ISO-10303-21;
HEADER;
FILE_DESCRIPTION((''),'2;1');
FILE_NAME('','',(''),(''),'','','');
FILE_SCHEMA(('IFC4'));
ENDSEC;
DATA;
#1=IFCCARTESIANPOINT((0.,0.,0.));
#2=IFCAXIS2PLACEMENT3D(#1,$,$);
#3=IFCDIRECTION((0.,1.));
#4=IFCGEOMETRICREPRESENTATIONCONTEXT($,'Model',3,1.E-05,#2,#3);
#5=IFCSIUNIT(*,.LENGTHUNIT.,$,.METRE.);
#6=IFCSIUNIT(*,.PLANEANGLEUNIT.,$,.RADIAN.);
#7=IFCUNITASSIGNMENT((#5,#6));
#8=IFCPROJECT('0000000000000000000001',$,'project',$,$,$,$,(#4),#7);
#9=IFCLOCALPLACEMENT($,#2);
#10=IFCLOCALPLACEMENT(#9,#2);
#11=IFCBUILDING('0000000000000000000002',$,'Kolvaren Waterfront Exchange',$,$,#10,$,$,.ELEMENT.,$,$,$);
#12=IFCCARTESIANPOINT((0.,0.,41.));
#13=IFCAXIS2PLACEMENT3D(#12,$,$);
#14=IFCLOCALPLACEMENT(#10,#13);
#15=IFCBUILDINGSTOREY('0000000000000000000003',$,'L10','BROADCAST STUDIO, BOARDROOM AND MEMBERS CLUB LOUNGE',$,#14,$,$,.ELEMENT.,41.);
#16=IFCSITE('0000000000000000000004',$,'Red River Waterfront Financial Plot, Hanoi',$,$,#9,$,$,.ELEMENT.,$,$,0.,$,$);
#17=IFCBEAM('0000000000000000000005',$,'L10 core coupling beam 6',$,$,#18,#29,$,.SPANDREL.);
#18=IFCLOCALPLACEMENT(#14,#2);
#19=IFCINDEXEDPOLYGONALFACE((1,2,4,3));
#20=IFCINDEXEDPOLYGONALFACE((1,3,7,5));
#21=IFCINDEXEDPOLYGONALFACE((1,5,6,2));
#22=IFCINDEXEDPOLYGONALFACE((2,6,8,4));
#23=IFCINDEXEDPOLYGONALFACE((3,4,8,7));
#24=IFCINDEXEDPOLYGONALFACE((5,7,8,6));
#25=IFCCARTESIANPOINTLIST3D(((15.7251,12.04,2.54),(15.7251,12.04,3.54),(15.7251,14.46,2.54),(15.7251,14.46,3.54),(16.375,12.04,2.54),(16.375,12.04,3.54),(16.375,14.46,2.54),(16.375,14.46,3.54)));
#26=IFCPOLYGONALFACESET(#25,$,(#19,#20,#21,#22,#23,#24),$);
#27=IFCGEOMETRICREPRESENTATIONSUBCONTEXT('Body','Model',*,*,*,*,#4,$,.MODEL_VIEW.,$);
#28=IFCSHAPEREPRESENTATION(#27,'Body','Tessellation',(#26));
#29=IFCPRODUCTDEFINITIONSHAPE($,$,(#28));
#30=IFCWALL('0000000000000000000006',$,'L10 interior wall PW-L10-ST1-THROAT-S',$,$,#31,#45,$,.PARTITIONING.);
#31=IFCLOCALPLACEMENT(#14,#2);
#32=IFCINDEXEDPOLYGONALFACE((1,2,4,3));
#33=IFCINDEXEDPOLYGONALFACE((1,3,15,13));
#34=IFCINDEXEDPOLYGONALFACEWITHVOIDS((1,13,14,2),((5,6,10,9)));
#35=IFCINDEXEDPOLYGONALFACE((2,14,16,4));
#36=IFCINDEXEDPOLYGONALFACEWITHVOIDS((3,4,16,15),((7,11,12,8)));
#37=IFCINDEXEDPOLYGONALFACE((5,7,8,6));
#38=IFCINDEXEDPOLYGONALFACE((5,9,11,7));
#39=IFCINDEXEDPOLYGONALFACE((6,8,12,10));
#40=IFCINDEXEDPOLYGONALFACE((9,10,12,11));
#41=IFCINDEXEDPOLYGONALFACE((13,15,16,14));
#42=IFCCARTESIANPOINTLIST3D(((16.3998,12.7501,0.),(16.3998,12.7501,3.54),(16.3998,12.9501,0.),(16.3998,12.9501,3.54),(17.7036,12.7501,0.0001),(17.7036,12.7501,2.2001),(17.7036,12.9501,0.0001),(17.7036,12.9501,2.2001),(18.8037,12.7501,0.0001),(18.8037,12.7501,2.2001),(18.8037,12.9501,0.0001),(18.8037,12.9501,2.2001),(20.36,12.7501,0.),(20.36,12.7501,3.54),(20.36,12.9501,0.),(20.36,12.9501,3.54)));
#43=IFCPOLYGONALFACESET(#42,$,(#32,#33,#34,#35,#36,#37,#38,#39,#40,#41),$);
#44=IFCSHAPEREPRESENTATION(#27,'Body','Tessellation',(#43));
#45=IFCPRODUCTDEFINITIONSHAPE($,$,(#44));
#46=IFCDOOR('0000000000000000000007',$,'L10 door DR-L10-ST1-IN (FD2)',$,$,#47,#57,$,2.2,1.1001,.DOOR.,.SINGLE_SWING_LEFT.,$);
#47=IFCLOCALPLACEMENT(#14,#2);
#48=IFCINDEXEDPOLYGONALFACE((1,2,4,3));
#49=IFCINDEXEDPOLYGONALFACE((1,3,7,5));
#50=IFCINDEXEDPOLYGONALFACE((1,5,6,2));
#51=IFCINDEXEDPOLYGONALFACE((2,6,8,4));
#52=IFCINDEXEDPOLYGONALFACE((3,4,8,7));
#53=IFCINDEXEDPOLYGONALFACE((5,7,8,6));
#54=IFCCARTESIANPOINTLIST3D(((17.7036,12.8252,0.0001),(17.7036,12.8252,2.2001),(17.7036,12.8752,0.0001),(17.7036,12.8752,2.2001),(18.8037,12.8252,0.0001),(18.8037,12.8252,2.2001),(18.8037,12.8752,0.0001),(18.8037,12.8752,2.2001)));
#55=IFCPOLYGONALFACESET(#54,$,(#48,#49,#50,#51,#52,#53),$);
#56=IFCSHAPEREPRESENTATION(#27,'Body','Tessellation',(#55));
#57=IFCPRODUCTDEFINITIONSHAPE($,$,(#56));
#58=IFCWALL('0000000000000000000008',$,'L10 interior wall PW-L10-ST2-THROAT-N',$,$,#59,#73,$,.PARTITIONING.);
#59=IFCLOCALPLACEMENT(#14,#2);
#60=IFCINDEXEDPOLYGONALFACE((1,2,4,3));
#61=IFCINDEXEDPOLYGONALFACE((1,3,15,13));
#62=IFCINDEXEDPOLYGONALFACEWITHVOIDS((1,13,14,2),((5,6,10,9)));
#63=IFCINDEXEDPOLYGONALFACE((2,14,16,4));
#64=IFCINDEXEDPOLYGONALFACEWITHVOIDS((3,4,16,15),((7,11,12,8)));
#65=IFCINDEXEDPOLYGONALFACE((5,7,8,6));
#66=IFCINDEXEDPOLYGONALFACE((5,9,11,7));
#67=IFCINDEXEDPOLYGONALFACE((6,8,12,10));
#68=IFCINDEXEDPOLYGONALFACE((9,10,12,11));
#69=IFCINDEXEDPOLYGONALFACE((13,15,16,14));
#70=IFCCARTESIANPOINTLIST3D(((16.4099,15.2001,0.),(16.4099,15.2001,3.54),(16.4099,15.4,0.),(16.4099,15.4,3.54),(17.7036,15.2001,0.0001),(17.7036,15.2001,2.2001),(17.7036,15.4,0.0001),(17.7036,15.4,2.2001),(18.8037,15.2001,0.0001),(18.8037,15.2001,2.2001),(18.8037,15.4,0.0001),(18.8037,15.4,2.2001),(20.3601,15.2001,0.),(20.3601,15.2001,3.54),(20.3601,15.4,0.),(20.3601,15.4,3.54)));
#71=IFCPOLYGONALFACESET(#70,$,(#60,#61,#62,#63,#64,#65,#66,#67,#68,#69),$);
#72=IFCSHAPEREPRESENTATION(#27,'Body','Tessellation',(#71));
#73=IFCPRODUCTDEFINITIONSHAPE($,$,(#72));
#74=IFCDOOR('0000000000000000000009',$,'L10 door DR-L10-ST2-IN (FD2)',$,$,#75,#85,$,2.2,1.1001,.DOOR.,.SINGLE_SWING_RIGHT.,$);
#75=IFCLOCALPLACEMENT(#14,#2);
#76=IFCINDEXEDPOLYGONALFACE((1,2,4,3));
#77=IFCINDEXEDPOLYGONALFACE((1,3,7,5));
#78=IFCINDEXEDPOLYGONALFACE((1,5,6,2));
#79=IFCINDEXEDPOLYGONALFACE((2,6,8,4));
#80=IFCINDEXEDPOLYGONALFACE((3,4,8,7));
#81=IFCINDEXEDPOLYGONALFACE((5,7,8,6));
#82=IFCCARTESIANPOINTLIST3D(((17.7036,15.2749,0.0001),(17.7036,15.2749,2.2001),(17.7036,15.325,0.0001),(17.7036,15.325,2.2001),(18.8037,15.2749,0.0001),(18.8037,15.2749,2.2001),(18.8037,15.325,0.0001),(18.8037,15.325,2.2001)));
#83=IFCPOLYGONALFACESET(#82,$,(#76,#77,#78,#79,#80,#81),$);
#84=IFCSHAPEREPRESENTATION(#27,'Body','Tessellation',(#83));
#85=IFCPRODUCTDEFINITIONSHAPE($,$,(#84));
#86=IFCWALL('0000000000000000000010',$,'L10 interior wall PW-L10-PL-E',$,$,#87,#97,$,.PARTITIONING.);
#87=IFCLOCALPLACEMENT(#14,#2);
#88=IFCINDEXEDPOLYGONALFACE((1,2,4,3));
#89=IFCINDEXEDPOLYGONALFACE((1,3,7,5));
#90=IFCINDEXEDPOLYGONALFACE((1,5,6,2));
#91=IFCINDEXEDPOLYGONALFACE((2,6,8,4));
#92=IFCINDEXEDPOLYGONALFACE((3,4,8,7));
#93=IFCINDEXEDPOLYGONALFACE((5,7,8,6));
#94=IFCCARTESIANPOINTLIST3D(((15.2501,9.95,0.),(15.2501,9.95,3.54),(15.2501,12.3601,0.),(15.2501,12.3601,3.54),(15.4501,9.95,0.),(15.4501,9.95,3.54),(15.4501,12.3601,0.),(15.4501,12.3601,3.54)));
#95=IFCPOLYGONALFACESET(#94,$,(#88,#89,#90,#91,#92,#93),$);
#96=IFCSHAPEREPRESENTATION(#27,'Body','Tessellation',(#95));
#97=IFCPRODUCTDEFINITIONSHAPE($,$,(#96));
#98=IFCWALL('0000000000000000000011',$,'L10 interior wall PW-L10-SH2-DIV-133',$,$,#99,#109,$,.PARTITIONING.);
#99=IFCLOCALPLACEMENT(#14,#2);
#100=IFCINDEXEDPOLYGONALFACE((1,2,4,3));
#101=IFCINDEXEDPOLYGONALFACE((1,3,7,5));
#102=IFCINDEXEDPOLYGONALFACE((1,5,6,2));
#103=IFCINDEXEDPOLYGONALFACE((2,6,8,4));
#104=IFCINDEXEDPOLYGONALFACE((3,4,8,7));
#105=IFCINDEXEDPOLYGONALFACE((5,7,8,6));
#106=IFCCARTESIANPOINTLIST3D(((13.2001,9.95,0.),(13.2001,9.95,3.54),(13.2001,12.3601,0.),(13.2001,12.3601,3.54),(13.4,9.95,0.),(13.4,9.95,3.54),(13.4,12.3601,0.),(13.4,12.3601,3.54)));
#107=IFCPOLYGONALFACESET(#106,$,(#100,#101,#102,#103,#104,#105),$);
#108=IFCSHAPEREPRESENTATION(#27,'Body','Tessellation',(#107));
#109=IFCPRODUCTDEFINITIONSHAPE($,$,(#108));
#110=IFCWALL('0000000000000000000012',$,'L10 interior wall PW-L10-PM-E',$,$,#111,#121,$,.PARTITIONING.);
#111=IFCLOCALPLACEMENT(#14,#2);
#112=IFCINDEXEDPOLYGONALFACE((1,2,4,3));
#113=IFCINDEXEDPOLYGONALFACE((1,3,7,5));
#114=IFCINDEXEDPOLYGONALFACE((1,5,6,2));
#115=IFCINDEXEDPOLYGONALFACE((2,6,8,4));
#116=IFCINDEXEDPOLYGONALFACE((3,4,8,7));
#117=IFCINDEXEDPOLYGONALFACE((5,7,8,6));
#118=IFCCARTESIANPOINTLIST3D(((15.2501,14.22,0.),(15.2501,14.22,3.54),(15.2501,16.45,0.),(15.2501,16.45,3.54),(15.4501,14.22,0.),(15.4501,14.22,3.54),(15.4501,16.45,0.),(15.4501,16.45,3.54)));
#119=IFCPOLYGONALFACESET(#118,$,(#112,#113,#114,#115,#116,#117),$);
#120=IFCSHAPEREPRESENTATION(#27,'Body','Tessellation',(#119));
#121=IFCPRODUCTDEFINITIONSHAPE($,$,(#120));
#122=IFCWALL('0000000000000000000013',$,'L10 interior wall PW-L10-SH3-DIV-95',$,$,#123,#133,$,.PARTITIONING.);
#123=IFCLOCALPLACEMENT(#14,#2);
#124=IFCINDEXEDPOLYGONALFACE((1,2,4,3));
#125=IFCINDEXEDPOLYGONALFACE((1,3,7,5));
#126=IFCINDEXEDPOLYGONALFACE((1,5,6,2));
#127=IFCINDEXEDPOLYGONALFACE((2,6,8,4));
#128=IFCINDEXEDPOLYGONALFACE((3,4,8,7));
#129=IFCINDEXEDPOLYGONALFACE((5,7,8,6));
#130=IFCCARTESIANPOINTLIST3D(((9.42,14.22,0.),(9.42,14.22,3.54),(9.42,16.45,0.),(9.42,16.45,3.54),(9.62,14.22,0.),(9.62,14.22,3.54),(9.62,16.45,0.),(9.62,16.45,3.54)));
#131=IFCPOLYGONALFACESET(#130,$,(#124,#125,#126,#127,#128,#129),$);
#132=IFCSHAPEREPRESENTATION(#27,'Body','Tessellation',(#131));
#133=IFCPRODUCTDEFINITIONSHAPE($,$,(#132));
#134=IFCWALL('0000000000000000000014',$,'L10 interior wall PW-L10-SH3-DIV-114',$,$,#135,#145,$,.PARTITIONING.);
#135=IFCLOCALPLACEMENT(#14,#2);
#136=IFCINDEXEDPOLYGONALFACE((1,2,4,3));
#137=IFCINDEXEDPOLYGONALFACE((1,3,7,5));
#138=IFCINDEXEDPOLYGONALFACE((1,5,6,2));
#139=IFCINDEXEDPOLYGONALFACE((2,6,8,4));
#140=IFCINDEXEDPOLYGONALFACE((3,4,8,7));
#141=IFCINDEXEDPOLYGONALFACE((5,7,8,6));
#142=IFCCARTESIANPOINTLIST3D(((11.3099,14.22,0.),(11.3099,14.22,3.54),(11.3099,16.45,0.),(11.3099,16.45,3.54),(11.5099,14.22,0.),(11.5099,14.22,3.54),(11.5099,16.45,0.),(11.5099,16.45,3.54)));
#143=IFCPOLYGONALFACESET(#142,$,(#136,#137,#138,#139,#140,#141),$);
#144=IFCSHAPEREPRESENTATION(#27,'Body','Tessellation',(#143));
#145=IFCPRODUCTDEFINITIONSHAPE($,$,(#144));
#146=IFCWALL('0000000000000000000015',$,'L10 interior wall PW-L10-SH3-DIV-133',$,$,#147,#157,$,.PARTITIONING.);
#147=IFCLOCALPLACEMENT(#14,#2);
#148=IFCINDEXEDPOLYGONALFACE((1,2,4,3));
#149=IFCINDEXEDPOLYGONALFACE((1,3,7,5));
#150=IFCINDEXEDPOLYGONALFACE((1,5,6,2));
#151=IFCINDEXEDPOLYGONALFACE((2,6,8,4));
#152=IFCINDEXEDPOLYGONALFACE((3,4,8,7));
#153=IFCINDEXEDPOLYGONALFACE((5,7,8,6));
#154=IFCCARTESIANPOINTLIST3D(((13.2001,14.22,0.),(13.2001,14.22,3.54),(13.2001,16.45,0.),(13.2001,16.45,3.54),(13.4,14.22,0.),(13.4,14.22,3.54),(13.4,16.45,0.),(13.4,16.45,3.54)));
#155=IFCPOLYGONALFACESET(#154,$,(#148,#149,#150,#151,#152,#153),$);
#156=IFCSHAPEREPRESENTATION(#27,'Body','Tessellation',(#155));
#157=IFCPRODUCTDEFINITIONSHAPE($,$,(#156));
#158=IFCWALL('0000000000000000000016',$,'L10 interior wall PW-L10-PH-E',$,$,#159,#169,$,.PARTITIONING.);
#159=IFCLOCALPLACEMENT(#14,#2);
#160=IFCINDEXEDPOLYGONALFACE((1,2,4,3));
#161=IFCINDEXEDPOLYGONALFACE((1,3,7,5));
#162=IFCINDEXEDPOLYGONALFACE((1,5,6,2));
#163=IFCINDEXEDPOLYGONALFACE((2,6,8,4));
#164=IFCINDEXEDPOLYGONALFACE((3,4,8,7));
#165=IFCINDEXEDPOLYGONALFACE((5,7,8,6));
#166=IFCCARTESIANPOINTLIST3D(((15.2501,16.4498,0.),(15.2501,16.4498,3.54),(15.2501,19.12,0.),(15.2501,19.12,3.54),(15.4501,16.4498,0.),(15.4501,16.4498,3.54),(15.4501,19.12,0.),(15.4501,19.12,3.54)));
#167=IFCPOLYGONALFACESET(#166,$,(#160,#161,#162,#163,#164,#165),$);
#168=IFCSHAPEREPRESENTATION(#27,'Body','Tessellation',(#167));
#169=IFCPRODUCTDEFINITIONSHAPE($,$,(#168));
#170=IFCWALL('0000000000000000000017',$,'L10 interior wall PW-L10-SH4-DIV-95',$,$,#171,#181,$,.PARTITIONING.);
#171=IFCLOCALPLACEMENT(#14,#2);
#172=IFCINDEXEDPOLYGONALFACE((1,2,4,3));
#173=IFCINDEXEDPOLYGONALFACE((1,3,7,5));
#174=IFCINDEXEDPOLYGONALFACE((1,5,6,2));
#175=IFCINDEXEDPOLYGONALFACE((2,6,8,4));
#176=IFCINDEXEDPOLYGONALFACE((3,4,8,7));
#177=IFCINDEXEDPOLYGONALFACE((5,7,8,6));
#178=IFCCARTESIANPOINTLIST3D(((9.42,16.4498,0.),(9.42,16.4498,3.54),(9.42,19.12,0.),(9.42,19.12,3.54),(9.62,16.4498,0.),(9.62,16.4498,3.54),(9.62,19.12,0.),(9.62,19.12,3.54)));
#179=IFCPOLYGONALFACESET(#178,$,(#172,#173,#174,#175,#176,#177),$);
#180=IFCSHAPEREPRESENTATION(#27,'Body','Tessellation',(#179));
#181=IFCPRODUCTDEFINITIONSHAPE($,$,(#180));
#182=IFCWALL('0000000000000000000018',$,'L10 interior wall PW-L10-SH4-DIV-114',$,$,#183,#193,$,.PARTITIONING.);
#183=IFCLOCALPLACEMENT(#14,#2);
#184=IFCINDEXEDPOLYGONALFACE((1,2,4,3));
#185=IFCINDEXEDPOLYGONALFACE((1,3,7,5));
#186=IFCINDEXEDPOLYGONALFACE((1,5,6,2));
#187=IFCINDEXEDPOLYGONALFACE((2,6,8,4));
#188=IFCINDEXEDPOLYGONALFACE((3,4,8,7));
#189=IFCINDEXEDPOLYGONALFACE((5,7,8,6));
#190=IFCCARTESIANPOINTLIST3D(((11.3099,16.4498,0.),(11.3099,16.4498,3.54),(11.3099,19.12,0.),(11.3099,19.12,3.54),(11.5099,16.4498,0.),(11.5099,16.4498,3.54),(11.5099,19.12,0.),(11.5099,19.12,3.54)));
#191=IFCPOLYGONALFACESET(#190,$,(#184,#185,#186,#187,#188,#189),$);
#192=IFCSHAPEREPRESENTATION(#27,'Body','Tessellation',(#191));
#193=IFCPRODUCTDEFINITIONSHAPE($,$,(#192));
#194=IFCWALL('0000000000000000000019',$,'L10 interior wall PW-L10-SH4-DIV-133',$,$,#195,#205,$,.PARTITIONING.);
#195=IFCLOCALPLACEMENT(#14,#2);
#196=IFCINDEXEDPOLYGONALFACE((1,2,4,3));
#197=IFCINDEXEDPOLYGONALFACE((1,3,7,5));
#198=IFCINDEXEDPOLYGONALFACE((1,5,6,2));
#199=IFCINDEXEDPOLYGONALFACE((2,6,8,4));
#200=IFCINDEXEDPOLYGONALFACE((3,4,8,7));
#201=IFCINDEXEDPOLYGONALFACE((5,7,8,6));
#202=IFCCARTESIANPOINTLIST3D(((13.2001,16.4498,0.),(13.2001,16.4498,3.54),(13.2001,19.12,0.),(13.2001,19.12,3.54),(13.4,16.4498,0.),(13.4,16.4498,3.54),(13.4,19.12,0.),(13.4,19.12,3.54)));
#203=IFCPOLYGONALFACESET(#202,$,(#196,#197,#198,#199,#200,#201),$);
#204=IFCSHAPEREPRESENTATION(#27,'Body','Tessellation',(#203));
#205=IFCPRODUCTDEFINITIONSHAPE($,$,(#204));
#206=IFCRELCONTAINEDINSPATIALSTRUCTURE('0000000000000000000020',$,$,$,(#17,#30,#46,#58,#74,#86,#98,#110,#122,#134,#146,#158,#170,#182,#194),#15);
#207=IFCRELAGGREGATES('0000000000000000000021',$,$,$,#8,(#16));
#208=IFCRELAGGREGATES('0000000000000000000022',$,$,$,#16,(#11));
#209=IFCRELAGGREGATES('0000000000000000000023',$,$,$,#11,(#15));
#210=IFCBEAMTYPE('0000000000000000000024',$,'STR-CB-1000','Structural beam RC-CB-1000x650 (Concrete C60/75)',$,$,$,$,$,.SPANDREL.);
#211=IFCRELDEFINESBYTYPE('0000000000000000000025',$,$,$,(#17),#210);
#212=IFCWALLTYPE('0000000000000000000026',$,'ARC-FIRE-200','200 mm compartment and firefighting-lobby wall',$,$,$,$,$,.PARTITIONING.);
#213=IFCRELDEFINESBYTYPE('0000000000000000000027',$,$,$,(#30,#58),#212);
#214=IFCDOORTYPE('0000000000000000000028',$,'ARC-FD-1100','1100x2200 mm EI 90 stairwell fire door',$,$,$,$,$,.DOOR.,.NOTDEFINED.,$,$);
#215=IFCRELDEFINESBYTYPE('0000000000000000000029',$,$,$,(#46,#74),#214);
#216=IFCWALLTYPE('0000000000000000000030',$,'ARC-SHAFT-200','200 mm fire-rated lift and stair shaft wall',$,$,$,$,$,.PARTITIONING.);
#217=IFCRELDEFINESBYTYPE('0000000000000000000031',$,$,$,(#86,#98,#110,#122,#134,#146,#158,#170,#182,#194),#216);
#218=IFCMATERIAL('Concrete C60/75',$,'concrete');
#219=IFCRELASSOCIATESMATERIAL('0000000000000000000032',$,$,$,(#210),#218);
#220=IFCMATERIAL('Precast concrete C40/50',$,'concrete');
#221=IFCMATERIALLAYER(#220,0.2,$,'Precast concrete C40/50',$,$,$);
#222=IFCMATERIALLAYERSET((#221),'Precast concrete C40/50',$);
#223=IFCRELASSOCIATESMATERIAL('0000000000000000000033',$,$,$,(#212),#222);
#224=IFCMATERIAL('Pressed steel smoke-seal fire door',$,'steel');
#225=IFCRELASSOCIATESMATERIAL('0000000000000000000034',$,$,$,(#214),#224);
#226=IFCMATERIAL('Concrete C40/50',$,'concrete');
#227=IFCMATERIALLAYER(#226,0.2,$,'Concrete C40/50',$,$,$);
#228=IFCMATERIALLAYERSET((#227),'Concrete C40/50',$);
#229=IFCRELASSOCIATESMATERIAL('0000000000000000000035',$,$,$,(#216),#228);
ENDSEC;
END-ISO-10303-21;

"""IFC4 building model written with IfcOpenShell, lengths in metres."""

from ifc_helpers import new_model, si_unit, direction, frame, frame_2d, origin, origin_2d, place, context, subcontext, project, spatial, rectangle, extrude, material, layer, layer_set, material_profile, profile_set, type_object, element, fill, save


model = new_model("IFC4")

# Units and contexts
model_context = context("Model", 3, precision=1e-05, world=origin(), true_north=direction((0.0, 1.0)))
body_context = subcontext(model_context, "Body", "Model", "MODEL_VIEW")
ifc_project = project(units=[si_unit("LENGTHUNIT", "METRE"), si_unit("PLANEANGLEUNIT", "RADIAN")], contexts=[model_context])

# Site, building, storey
site_placement = place(None, origin())
site = spatial("IfcSite", under=ifc_project, at=site_placement, Name="Red River Waterfront Financial Plot, Hanoi", CompositionType="ELEMENT", RefElevation=0.0)
building_placement = place(site_placement, origin())
building = spatial("IfcBuilding", under=site, at=building_placement, Name="Kolvaren Waterfront Exchange", CompositionType="ELEMENT")
storey_placement = place(building_placement, frame((0.0, 0.0, 41.0)))
storey = spatial("IfcBuildingStorey", under=building, at=storey_placement, Name="L10", Description="BROADCAST STUDIO, BOARDROOM AND MEMBERS CLUB LOUNGE", CompositionType="ELEMENT", Elevation=41.0)

# Beam
ifc_material_1 = material(Name="Concrete C60/75", Category="concrete")
ifc_material_profile = material_profile(ifc_material_1, rectangle(XDim=0.6499, YDim=1.0, at=origin_2d()), Name="RC-CB-1000x650")
ifc_profile_set = profile_set([ifc_material_profile], Name="Concrete C60/75")
beam_type = type_object("IfcBeamType", Name="STR-CB-1000", Description="Structural beam RC-CB-1000x650 (Concrete C60/75)", PredefinedType="SPANDREL", material=ifc_profile_set)
beam_placement = place(storey_placement, frame((16.05, 12.04, 3.04), z_axis=(0.0, 1.0, 0.0), x_axis=(-1.0, 0.0, 0.0)))
element("IfcBeam", 1, at=beam_placement, inside=storey, type_object=beam_type, Name="L10 core coupling beam 6", PredefinedType="SPANDREL", context=body_context, shape_type="SweptSolid", body=[
    extrude(rectangle(XDim=0.6499, YDim=1.0, at=origin_2d()), origin(), (0.0, 0.0, 1.0), 2.4199),
])

# Walls, openings, doors
ifc_material_2 = material(Name="Precast concrete C40/50", Category="concrete")
ifc_layer_1 = layer(ifc_material_2, 0.2, Name="Precast concrete C40/50")
ifc_layer_set_1 = layer_set([ifc_layer_1], Name="Precast concrete C40/50")
wall_type_1 = type_object("IfcWallType", Name="ARC-FIRE-200", Description="200 mm compartment and firefighting-lobby wall", PredefinedType="PARTITIONING", material=ifc_layer_set_1)
wall_1_placement = place(storey_placement, frame((16.3999, 12.8501, 0.0), z_axis=(0.0, 0.0, 1.0), x_axis=(1.0, 0.0, 0.0)))
wall_1 = element("IfcWall", 2, at=wall_1_placement, inside=storey, type_object=wall_type_1, Name="L10 interior wall PW-L10-ST1-THROAT-S", PredefinedType="PARTITIONING", context=body_context, shape_type="SweptSolid", body=[
    extrude(rectangle(XDim=3.9602, YDim=0.2, at=frame_2d((1.98, 0.0))), origin(), (0.0, 0.0, 1.0), 3.54),
])
opening_1_placement = place(wall_1_placement, frame((1.3037, 0.0, 0.0)))
opening_1 = element("IfcOpeningElement", 3, at=opening_1_placement, cuts=wall_1, PredefinedType="OPENING", context=body_context, shape_type="SweptSolid", body=[
    extrude(rectangle(XDim=1.1001, YDim=2.2, at=frame_2d((0.55, 1.1001))), frame((0.0, 0.1099, 0.0), z_axis=(0.0, -1.0, 0.0), x_axis=(1.0, 0.0, 0.0)), (0.0, 0.0, 1.0), 0.22),
])
ifc_material_3 = material(Name="Pressed steel smoke-seal fire door", Category="steel")
door_type = type_object("IfcDoorType", Name="ARC-FD-1100", Description="1100x2200 mm EI 90 stairwell fire door", OperationType="NOTDEFINED", PredefinedType="DOOR", material=ifc_material_3)
door_1_placement = place(opening_1_placement, frame((1.1001, 0.0, 0.0), z_axis=(0.0, 0.0, 1.0), x_axis=(-1.0, 0.0, 0.0)))
door_1 = element("IfcDoor", 4, at=door_1_placement, inside=storey, type_object=door_type, Name="L10 door DR-L10-ST1-IN (FD2)", OperationType="SINGLE_SWING_LEFT", OverallHeight=2.2, OverallWidth=1.1001, PredefinedType="DOOR", context=body_context, shape_type="SweptSolid", body=[
    extrude(rectangle(XDim=1.1001, YDim=2.2, at=frame_2d((0.55, 1.1001))), frame((0.0, 0.0249, 0.0), z_axis=(0.0, -1.0, 0.0), x_axis=(1.0, 0.0, 0.0)), (0.0, 0.0, 1.0), 0.05),
])
fill(opening_1, door_1)
wall_2_placement = place(storey_placement, frame((16.4099, 15.3, 0.0), z_axis=(0.0, 0.0, 1.0), x_axis=(1.0, 0.0, 0.0)))
wall_2 = element("IfcWall", 5, at=wall_2_placement, inside=storey, type_object=wall_type_1, Name="L10 interior wall PW-L10-ST2-THROAT-N", PredefinedType="PARTITIONING", context=body_context, shape_type="SweptSolid", body=[
    extrude(rectangle(XDim=3.9502, YDim=0.2, at=frame_2d((1.9751, 0.0))), origin(), (0.0, 0.0, 1.0), 3.54),
])
opening_2_placement = place(wall_2_placement, frame((1.2937, 0.0, 0.0)))
opening_2 = element("IfcOpeningElement", 6, at=opening_2_placement, cuts=wall_2, PredefinedType="OPENING", context=body_context, shape_type="SweptSolid", body=[
    extrude(rectangle(XDim=1.1001, YDim=2.2, at=frame_2d((0.55, 1.1001))), frame((0.0, 0.1099, 0.0), z_axis=(0.0, -1.0, 0.0), x_axis=(1.0, 0.0, 0.0)), (0.0, 0.0, 1.0), 0.22),
])
door_2_placement = place(opening_2_placement, origin())
door_2 = element("IfcDoor", 7, at=door_2_placement, inside=storey, type_object=door_type, Name="L10 door DR-L10-ST2-IN (FD2)", OperationType="SINGLE_SWING_RIGHT", OverallHeight=2.2, OverallWidth=1.1001, PredefinedType="DOOR", context=body_context, shape_type="SweptSolid", body=[
    extrude(rectangle(XDim=1.1001, YDim=2.2, at=frame_2d((0.55, 1.1001))), frame((0.0, 0.0249, 0.0), z_axis=(0.0, -1.0, 0.0), x_axis=(1.0, 0.0, 0.0)), (0.0, 0.0, 1.0), 0.05),
])
fill(opening_2, door_2)

# Walls
ifc_material_4 = material(Name="Concrete C40/50", Category="concrete")
ifc_layer_2 = layer(ifc_material_4, 0.2, Name="Concrete C40/50")
ifc_layer_set_2 = layer_set([ifc_layer_2], Name="Concrete C40/50")
wall_type_2 = type_object("IfcWallType", Name="ARC-SHAFT-200", Description="200 mm fire-rated lift and stair shaft wall", PredefinedType="PARTITIONING", material=ifc_layer_set_2)
for number, where, z_axis, x_axis, name in (
    (8, (15.3501, 9.95, 0.0), (0.0, 0.0, 1.0), (0.0, 1.0, 0.0), "L10 interior wall PW-L10-PL-E"),
    (9, (13.3, 9.95, 0.0), (0.0, 0.0, 1.0), (0.0, 1.0, 0.0), "L10 interior wall PW-L10-SH2-DIV-133"),
):
    element("IfcWall", number, at=place(storey_placement, frame(where, z_axis=z_axis, x_axis=x_axis)), inside=storey, type_object=wall_type_2, Name=name, PredefinedType="PARTITIONING", context=body_context, shape_type="SweptSolid", body=[
        extrude(rectangle(XDim=2.4102, YDim=0.2, at=frame_2d((1.2051, 0.0))), origin(), (0.0, 0.0, 1.0), 3.54),
    ])
for number, where, z_axis, x_axis, name in (
    (10, (15.3501, 14.22, 0.0), (0.0, 0.0, 1.0), (0.0, 1.0, 0.0), "L10 interior wall PW-L10-PM-E"),
    (11, (9.52, 14.22, 0.0), (0.0, 0.0, 1.0), (0.0, 1.0, 0.0), "L10 interior wall PW-L10-SH3-DIV-95"),
    (12, (11.4099, 14.22, 0.0), (0.0, 0.0, 1.0), (0.0, 1.0, 0.0), "L10 interior wall PW-L10-SH3-DIV-114"),
    (13, (13.3, 14.22, 0.0), (0.0, 0.0, 1.0), (0.0, 1.0, 0.0), "L10 interior wall PW-L10-SH3-DIV-133"),
):
    element("IfcWall", number, at=place(storey_placement, frame(where, z_axis=z_axis, x_axis=x_axis)), inside=storey, type_object=wall_type_2, Name=name, PredefinedType="PARTITIONING", context=body_context, shape_type="SweptSolid", body=[
        extrude(rectangle(XDim=2.23, YDim=0.2, at=frame_2d((1.115, 0.0))), origin(), (0.0, 0.0, 1.0), 3.54),
    ])
for number, where, z_axis, x_axis, name in (
    (14, (15.3501, 16.45, 0.0), (0.0, 0.0, 1.0), (0.0, 1.0, 0.0), "L10 interior wall PW-L10-PH-E"),
    (15, (9.52, 16.45, 0.0), (0.0, 0.0, 1.0), (0.0, 1.0, 0.0), "L10 interior wall PW-L10-SH4-DIV-95"),
    (16, (11.4099, 16.45, 0.0), (0.0, 0.0, 1.0), (0.0, 1.0, 0.0), "L10 interior wall PW-L10-SH4-DIV-114"),
    (17, (13.3, 16.45, 0.0), (0.0, 0.0, 1.0), (0.0, 1.0, 0.0), "L10 interior wall PW-L10-SH4-DIV-133"),
):
    element("IfcWall", number, at=place(storey_placement, frame(where, z_axis=z_axis, x_axis=x_axis)), inside=storey, type_object=wall_type_2, Name=name, PredefinedType="PARTITIONING", context=body_context, shape_type="SweptSolid", body=[
        extrude(rectangle(XDim=2.6702, YDim=0.2, at=frame_2d((1.335, 0.0))), origin(), (0.0, 0.0, 1.0), 3.54),
    ])

save(model, "model.ifc")
